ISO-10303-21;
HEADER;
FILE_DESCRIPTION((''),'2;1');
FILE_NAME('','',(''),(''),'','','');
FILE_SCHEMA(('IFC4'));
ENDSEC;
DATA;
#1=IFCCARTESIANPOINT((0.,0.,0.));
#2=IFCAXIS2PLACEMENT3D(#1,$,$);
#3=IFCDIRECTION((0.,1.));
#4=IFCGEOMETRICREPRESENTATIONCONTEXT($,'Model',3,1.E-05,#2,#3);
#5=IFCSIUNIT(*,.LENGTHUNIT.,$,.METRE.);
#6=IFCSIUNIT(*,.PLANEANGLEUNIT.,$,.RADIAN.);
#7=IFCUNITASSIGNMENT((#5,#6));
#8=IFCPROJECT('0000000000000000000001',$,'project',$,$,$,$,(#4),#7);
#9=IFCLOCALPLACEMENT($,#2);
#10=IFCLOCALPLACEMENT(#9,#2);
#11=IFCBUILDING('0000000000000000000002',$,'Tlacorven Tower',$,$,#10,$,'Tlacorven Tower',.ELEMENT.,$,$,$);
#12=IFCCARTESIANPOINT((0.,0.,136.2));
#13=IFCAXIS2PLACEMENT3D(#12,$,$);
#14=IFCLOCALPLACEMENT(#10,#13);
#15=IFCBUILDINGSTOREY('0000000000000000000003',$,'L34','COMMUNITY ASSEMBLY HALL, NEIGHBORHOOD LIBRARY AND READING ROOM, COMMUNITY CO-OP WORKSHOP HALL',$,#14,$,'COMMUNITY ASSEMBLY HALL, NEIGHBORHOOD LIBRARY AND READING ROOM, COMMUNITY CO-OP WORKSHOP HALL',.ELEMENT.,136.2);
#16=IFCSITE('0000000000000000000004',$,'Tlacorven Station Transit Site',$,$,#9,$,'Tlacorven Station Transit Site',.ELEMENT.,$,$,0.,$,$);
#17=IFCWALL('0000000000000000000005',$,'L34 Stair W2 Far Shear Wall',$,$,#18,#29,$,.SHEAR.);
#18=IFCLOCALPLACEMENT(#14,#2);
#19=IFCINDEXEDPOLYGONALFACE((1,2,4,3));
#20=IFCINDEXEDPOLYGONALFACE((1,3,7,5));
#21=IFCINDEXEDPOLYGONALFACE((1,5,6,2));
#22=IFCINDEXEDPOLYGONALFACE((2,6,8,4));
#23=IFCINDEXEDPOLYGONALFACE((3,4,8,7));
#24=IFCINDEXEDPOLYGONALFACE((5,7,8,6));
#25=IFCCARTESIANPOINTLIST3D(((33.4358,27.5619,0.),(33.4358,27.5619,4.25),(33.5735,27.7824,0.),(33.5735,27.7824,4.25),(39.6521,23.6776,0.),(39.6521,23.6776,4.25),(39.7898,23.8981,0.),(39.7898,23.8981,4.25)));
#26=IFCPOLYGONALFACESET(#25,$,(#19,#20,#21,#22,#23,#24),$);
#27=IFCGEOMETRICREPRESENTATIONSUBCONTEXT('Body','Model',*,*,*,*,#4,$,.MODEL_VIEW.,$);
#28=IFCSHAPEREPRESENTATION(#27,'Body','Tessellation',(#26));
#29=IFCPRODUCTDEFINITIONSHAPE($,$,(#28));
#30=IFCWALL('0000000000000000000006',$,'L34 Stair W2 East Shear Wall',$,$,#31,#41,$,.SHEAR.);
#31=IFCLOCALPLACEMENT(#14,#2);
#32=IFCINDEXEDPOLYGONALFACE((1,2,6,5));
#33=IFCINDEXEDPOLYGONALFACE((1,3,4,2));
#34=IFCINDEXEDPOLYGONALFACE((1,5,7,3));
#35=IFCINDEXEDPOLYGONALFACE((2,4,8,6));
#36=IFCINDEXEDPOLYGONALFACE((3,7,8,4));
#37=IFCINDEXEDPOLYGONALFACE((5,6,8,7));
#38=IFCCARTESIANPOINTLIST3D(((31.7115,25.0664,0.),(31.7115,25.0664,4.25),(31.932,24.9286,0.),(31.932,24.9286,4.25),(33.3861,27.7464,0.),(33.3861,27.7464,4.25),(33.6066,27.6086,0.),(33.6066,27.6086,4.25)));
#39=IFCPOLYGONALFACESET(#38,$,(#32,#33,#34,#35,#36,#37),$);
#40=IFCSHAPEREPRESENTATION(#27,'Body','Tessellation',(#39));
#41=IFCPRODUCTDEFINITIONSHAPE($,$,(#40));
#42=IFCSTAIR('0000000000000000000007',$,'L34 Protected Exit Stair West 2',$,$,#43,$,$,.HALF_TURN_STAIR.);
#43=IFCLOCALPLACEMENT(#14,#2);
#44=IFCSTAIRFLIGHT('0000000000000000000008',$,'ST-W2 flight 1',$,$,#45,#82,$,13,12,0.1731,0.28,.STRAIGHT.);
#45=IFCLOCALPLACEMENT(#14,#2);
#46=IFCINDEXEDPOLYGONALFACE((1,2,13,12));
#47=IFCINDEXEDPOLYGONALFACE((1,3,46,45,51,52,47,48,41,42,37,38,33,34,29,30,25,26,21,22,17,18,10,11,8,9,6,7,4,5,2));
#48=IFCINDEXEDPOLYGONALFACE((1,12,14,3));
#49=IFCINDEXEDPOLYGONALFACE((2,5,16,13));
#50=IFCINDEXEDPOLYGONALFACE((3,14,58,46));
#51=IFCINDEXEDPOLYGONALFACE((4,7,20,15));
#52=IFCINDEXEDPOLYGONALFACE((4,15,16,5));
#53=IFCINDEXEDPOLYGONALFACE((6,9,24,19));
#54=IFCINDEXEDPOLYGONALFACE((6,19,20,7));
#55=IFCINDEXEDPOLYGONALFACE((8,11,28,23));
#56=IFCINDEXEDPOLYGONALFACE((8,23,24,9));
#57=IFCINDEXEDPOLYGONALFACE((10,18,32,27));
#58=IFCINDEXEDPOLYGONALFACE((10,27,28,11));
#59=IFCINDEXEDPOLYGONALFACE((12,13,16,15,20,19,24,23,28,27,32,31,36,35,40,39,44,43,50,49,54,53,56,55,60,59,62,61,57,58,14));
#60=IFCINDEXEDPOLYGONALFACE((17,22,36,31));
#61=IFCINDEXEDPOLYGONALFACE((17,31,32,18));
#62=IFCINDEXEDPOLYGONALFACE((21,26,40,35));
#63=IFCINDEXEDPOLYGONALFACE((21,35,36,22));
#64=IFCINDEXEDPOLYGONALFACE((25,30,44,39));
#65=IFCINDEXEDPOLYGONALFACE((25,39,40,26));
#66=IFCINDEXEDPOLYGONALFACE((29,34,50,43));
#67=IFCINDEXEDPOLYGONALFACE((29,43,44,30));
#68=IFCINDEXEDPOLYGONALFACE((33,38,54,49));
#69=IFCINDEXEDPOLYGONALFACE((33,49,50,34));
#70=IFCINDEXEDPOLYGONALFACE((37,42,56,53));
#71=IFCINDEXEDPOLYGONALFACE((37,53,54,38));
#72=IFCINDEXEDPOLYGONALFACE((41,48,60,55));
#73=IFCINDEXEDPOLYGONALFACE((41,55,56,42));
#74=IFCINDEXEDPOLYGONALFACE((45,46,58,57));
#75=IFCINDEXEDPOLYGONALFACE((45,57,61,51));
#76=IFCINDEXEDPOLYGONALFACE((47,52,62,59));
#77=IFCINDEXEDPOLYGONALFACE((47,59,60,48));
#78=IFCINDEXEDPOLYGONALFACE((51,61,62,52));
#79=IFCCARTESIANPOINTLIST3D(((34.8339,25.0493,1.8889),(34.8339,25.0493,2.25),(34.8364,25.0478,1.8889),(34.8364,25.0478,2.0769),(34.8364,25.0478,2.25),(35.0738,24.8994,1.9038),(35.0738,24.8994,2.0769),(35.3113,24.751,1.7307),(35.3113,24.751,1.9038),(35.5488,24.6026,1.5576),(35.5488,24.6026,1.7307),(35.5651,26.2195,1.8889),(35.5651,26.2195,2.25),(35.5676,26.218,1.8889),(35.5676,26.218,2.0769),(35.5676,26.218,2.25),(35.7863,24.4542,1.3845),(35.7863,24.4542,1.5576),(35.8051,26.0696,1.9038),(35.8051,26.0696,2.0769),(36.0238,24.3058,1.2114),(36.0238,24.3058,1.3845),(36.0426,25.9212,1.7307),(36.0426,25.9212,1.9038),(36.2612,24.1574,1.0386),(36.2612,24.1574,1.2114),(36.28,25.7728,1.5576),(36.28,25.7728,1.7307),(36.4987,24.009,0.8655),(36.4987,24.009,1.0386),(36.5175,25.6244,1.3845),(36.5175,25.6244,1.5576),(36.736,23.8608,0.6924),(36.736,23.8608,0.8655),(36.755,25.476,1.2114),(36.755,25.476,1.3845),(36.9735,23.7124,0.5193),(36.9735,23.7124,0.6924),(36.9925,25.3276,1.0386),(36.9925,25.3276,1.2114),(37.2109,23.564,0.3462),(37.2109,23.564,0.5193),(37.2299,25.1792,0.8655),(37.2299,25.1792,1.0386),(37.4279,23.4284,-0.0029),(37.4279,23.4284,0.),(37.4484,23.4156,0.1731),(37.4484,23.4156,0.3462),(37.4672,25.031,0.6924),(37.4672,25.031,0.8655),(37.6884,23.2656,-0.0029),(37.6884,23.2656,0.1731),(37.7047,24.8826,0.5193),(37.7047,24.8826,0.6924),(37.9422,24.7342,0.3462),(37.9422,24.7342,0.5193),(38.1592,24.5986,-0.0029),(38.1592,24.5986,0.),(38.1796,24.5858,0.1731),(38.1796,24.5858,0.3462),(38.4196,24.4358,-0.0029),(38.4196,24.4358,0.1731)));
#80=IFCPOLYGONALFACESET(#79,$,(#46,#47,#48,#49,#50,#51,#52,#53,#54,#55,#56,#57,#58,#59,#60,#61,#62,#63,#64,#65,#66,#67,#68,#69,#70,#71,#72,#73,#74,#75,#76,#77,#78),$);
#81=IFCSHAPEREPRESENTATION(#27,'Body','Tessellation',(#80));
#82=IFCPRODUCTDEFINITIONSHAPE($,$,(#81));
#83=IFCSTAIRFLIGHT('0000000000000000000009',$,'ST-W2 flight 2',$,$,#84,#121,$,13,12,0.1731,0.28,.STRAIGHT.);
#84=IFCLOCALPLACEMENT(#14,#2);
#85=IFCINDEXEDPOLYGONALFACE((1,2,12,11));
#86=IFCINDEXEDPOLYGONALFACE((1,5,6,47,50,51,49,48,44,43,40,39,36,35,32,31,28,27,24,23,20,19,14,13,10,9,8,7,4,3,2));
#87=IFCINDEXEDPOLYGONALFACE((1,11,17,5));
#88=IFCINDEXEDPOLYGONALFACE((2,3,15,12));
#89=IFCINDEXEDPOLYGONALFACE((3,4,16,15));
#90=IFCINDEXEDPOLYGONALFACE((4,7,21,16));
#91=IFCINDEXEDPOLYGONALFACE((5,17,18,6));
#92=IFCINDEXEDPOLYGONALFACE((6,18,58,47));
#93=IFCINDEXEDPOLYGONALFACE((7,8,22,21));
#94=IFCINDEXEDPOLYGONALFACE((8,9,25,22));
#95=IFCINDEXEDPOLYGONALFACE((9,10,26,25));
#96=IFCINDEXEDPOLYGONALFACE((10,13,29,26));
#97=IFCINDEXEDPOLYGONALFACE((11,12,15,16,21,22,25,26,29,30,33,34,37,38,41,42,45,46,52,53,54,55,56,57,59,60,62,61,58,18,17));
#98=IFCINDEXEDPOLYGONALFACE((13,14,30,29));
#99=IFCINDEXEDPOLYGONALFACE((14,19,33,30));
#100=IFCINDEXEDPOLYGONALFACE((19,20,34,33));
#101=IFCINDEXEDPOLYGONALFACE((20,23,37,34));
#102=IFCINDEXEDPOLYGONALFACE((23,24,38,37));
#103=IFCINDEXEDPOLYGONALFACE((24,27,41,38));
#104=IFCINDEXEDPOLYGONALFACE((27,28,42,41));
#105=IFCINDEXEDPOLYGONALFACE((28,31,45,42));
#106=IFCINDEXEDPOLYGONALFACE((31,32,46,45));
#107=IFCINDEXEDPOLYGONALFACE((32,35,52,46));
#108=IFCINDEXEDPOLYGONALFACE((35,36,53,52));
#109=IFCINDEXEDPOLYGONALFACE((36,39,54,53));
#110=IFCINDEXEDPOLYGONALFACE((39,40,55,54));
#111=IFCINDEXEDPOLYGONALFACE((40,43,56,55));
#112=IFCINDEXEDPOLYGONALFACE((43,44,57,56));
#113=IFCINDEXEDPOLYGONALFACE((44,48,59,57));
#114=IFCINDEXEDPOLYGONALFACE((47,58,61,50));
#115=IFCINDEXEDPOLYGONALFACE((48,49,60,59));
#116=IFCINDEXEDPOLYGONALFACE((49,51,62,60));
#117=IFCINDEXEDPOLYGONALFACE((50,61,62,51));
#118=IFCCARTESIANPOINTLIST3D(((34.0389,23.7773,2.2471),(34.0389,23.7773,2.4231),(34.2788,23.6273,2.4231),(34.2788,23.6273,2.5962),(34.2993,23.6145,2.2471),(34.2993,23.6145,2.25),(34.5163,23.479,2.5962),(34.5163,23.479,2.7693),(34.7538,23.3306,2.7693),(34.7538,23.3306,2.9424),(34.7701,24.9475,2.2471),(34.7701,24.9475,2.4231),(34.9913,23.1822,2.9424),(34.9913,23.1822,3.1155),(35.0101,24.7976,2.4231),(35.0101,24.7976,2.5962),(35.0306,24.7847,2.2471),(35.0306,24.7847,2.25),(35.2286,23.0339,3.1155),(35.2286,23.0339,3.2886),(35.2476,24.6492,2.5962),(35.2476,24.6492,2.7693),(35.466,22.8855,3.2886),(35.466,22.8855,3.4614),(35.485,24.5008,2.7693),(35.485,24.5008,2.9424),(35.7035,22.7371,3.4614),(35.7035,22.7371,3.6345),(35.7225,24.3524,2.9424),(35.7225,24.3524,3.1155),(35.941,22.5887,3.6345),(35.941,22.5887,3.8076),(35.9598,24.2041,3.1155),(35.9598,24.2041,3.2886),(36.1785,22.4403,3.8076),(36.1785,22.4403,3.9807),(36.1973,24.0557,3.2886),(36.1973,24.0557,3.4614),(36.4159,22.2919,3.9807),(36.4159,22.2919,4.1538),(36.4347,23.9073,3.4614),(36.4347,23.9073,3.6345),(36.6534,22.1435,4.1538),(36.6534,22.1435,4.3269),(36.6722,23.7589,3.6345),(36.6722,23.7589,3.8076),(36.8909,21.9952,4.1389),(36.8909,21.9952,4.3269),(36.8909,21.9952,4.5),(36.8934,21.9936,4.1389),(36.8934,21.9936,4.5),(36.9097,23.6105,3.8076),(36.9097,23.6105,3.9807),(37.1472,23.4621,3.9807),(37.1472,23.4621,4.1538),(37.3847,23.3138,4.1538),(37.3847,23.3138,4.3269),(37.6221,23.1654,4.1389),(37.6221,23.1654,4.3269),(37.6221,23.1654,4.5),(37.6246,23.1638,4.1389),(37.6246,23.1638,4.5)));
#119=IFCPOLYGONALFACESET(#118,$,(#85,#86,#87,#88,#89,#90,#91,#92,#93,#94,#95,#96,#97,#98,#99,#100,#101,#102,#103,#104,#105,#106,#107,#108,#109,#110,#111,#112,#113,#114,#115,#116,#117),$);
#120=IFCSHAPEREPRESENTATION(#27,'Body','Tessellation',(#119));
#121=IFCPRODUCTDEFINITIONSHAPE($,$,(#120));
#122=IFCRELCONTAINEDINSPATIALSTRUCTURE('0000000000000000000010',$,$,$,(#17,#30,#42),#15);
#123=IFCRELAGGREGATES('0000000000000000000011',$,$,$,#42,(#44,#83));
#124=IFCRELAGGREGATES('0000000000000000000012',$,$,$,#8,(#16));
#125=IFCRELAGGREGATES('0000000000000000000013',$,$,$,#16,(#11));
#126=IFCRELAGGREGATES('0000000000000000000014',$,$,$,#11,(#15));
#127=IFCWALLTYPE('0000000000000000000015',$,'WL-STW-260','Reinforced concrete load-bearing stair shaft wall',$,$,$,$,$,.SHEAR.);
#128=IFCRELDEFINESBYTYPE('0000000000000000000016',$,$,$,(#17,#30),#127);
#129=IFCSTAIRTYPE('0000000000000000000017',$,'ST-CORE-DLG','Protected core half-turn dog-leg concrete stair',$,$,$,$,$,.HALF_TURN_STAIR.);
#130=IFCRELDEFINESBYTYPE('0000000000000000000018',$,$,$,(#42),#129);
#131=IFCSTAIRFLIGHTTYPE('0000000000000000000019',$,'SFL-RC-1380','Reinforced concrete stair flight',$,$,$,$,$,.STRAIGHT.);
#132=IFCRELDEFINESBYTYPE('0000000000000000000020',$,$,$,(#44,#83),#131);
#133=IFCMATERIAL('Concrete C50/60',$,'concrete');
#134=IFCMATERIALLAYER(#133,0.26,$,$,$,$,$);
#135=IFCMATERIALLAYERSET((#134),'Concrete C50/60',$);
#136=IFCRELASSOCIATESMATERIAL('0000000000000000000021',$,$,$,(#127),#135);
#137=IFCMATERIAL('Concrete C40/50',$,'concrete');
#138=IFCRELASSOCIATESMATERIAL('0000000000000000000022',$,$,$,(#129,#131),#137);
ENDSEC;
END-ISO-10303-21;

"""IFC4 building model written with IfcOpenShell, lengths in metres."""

from ifc_helpers import new_model, si_unit, direction, frame, frame_2d, origin, place, context, subcontext, project, spatial, polyline, rectangle, outline, extrude, source, transform, mapped, material, layer, layer_set, type_object, element, aggregate, save


model = new_model("IFC4")

# Units and contexts
model_context = context("Model", 3, precision=1e-05, world=origin(), true_north=direction((0.0, 1.0)))
body_context = subcontext(model_context, "Body", "Model", "MODEL_VIEW")
ifc_project = project(units=[si_unit("LENGTHUNIT", "METRE"), si_unit("PLANEANGLEUNIT", "RADIAN")], contexts=[model_context])

# Site, building, storey
site_placement = place(None, origin())
site = spatial("IfcSite", under=ifc_project, at=site_placement, Name="Tlacorven Station Transit Site", LongName="Tlacorven Station Transit Site", CompositionType="ELEMENT", RefElevation=0.0)
building_placement = place(site_placement, origin())
building = spatial("IfcBuilding", under=site, at=building_placement, Name="Tlacorven Tower", LongName="Tlacorven Tower", CompositionType="ELEMENT")
storey_placement = place(building_placement, frame((0.0, 0.0, 136.2)))
storey = spatial("IfcBuildingStorey", under=building, at=storey_placement, Name="L34", Description="COMMUNITY ASSEMBLY HALL, NEIGHBORHOOD LIBRARY AND READING ROOM, COMMUNITY CO-OP WORKSHOP HALL", LongName="COMMUNITY ASSEMBLY HALL, NEIGHBORHOOD LIBRARY AND READING ROOM, COMMUNITY CO-OP WORKSHOP HALL", CompositionType="ELEMENT", Elevation=136.2)

# Walls
ifc_material_1 = material(Name="Concrete C40/50", Category="concrete")
ifc_material_2 = material(Name="Concrete C50/60", Category="concrete")
ifc_layer_1 = layer(ifc_material_2, 0.26)
ifc_layer_set_1 = layer_set([ifc_layer_1], Name="Concrete C50/60")
wall_type_1 = type_object("IfcWallType", Name="WL-STW-260", Description="Reinforced concrete load-bearing stair shaft wall", PredefinedType="SHEAR", material=ifc_layer_set_1)
wall_1_placement = place(storey_placement, frame((39.7209, 23.7878, 0.0), z_axis=(0.0, 0.0, 1.0), x_axis=(-0.848054, 0.529909, 0.0)))
element("IfcWall", 1, at=wall_1_placement, inside=storey, type_object=wall_type_1, Name="L34 Stair W2 Far Shear Wall", PredefinedType="SHEAR", context=body_context, shape_type="SweptSolid", body=[
    extrude(rectangle(XDim=7.3301, YDim=0.26, at=frame_2d((3.665, 0.0))), origin(), (0.0, 0.0, 1.0), 4.25),
])
wall_2_placement = place(storey_placement, frame((33.4963, 27.6775, 0.0), z_axis=(0.0, 0.0, 1.0), x_axis=(-0.529909, -0.848055, 0.0)))
element("IfcWall", 2, at=wall_2_placement, inside=storey, type_object=wall_type_1, Name="L34 Stair W2 East Shear Wall", PredefinedType="SHEAR", context=body_context, shape_type="SweptSolid", body=[
    extrude(rectangle(XDim=3.1602, YDim=0.26, at=frame_2d((1.5801, 0.0))), origin(), (0.0, 0.0, 1.0), 4.25),
])

# Stair, stair flights
stair_type = type_object("IfcStairType", Name="ST-CORE-DLG", Description="Protected core half-turn dog-leg concrete stair", PredefinedType="HALF_TURN_STAIR", material=ifc_material_1)
stair_placement = place(storey_placement, origin())
stair = element("IfcStair", 3, at=stair_placement, inside=storey, type_object=stair_type, Name="L34 Protected Exit Stair West 2", PredefinedType="HALF_TURN_STAIR")
stair_flight_type = type_object("IfcStairFlightType", Name="SFL-RC-1380", Description="Reinforced concrete stair flight", PredefinedType="STRAIGHT", material=ifc_material_1)
shared_shape_1 = source(origin(), body_context, "Body", "SweptSolid", [
    extrude(outline(polyline([(-0.0029, -0.0029), (-0.0029, 0.1731), (0.28, 0.1731), (0.28, 0.3462), (0.5601, 0.3462), (0.5601, 0.5193), (0.8401, 0.5193), (0.8401, 0.6924), (1.1201, 0.6924), (1.1201, 0.8655), (1.3999, 0.8655), (1.3999, 1.0386), (1.6799, 1.0386), (1.6799, 1.2114), (1.96, 1.2114), (1.96, 1.3845), (2.24, 1.3845), (2.24, 1.5576), (2.52, 1.5576), (2.52, 1.7307), (2.8, 1.7307), (2.8, 1.9038), (3.0801, 1.9038), (3.0801, 2.0769), (3.3601, 2.0769), (3.3601, 2.25), (3.363, 2.25), (3.363, 1.8889), (3.3601, 1.8889), (0.3042, 0.0), (0.3042, -0.0029), (-0.0029, -0.0029)])), frame((0.0, 0.6899, 0.0), z_axis=(0.0, -1.0, 0.0), x_axis=(1.0, 0.0, 0.0)), (0.0, 0.0, 1.0), 1.3799),
])
stair_flight_1_placement = place(storey_placement, frame((38.0515, 23.8523, 0.0), z_axis=(0.0, 0.0, 1.0), x_axis=(-0.848048, 0.529919, 0.0)))
stair_flight_1 = element("IfcStairFlight", 4, at=stair_flight_1_placement, type_object=stair_flight_type, Name="ST-W2 flight 1", NumberOfRisers=13, NumberOfTreads=12, PredefinedType="STRAIGHT", RiserHeight=0.1731, TreadLength=0.28, context=body_context, shape_type="MappedRepresentation", body=[
    mapped(shared_shape_1, transform((0.0, 0.0, 0.0), scale=1.0)),
])
stair_flight_2_placement = place(storey_placement, frame((34.407, 24.3608, 2.25), z_axis=(0.0, 0.0, 1.0), x_axis=(0.848048, -0.529919, 0.0)))
stair_flight_2 = element("IfcStairFlight", 5, at=stair_flight_2_placement, type_object=stair_flight_type, Name="ST-W2 flight 2", NumberOfRisers=13, NumberOfTreads=12, PredefinedType="STRAIGHT", RiserHeight=0.1731, TreadLength=0.28, context=body_context, shape_type="MappedRepresentation", body=[
    mapped(shared_shape_1, transform((0.0, 0.0, 0.0), scale=1.0)),
])
aggregate(stair, [stair_flight_1, stair_flight_2])

save(model, "model.ifc")
